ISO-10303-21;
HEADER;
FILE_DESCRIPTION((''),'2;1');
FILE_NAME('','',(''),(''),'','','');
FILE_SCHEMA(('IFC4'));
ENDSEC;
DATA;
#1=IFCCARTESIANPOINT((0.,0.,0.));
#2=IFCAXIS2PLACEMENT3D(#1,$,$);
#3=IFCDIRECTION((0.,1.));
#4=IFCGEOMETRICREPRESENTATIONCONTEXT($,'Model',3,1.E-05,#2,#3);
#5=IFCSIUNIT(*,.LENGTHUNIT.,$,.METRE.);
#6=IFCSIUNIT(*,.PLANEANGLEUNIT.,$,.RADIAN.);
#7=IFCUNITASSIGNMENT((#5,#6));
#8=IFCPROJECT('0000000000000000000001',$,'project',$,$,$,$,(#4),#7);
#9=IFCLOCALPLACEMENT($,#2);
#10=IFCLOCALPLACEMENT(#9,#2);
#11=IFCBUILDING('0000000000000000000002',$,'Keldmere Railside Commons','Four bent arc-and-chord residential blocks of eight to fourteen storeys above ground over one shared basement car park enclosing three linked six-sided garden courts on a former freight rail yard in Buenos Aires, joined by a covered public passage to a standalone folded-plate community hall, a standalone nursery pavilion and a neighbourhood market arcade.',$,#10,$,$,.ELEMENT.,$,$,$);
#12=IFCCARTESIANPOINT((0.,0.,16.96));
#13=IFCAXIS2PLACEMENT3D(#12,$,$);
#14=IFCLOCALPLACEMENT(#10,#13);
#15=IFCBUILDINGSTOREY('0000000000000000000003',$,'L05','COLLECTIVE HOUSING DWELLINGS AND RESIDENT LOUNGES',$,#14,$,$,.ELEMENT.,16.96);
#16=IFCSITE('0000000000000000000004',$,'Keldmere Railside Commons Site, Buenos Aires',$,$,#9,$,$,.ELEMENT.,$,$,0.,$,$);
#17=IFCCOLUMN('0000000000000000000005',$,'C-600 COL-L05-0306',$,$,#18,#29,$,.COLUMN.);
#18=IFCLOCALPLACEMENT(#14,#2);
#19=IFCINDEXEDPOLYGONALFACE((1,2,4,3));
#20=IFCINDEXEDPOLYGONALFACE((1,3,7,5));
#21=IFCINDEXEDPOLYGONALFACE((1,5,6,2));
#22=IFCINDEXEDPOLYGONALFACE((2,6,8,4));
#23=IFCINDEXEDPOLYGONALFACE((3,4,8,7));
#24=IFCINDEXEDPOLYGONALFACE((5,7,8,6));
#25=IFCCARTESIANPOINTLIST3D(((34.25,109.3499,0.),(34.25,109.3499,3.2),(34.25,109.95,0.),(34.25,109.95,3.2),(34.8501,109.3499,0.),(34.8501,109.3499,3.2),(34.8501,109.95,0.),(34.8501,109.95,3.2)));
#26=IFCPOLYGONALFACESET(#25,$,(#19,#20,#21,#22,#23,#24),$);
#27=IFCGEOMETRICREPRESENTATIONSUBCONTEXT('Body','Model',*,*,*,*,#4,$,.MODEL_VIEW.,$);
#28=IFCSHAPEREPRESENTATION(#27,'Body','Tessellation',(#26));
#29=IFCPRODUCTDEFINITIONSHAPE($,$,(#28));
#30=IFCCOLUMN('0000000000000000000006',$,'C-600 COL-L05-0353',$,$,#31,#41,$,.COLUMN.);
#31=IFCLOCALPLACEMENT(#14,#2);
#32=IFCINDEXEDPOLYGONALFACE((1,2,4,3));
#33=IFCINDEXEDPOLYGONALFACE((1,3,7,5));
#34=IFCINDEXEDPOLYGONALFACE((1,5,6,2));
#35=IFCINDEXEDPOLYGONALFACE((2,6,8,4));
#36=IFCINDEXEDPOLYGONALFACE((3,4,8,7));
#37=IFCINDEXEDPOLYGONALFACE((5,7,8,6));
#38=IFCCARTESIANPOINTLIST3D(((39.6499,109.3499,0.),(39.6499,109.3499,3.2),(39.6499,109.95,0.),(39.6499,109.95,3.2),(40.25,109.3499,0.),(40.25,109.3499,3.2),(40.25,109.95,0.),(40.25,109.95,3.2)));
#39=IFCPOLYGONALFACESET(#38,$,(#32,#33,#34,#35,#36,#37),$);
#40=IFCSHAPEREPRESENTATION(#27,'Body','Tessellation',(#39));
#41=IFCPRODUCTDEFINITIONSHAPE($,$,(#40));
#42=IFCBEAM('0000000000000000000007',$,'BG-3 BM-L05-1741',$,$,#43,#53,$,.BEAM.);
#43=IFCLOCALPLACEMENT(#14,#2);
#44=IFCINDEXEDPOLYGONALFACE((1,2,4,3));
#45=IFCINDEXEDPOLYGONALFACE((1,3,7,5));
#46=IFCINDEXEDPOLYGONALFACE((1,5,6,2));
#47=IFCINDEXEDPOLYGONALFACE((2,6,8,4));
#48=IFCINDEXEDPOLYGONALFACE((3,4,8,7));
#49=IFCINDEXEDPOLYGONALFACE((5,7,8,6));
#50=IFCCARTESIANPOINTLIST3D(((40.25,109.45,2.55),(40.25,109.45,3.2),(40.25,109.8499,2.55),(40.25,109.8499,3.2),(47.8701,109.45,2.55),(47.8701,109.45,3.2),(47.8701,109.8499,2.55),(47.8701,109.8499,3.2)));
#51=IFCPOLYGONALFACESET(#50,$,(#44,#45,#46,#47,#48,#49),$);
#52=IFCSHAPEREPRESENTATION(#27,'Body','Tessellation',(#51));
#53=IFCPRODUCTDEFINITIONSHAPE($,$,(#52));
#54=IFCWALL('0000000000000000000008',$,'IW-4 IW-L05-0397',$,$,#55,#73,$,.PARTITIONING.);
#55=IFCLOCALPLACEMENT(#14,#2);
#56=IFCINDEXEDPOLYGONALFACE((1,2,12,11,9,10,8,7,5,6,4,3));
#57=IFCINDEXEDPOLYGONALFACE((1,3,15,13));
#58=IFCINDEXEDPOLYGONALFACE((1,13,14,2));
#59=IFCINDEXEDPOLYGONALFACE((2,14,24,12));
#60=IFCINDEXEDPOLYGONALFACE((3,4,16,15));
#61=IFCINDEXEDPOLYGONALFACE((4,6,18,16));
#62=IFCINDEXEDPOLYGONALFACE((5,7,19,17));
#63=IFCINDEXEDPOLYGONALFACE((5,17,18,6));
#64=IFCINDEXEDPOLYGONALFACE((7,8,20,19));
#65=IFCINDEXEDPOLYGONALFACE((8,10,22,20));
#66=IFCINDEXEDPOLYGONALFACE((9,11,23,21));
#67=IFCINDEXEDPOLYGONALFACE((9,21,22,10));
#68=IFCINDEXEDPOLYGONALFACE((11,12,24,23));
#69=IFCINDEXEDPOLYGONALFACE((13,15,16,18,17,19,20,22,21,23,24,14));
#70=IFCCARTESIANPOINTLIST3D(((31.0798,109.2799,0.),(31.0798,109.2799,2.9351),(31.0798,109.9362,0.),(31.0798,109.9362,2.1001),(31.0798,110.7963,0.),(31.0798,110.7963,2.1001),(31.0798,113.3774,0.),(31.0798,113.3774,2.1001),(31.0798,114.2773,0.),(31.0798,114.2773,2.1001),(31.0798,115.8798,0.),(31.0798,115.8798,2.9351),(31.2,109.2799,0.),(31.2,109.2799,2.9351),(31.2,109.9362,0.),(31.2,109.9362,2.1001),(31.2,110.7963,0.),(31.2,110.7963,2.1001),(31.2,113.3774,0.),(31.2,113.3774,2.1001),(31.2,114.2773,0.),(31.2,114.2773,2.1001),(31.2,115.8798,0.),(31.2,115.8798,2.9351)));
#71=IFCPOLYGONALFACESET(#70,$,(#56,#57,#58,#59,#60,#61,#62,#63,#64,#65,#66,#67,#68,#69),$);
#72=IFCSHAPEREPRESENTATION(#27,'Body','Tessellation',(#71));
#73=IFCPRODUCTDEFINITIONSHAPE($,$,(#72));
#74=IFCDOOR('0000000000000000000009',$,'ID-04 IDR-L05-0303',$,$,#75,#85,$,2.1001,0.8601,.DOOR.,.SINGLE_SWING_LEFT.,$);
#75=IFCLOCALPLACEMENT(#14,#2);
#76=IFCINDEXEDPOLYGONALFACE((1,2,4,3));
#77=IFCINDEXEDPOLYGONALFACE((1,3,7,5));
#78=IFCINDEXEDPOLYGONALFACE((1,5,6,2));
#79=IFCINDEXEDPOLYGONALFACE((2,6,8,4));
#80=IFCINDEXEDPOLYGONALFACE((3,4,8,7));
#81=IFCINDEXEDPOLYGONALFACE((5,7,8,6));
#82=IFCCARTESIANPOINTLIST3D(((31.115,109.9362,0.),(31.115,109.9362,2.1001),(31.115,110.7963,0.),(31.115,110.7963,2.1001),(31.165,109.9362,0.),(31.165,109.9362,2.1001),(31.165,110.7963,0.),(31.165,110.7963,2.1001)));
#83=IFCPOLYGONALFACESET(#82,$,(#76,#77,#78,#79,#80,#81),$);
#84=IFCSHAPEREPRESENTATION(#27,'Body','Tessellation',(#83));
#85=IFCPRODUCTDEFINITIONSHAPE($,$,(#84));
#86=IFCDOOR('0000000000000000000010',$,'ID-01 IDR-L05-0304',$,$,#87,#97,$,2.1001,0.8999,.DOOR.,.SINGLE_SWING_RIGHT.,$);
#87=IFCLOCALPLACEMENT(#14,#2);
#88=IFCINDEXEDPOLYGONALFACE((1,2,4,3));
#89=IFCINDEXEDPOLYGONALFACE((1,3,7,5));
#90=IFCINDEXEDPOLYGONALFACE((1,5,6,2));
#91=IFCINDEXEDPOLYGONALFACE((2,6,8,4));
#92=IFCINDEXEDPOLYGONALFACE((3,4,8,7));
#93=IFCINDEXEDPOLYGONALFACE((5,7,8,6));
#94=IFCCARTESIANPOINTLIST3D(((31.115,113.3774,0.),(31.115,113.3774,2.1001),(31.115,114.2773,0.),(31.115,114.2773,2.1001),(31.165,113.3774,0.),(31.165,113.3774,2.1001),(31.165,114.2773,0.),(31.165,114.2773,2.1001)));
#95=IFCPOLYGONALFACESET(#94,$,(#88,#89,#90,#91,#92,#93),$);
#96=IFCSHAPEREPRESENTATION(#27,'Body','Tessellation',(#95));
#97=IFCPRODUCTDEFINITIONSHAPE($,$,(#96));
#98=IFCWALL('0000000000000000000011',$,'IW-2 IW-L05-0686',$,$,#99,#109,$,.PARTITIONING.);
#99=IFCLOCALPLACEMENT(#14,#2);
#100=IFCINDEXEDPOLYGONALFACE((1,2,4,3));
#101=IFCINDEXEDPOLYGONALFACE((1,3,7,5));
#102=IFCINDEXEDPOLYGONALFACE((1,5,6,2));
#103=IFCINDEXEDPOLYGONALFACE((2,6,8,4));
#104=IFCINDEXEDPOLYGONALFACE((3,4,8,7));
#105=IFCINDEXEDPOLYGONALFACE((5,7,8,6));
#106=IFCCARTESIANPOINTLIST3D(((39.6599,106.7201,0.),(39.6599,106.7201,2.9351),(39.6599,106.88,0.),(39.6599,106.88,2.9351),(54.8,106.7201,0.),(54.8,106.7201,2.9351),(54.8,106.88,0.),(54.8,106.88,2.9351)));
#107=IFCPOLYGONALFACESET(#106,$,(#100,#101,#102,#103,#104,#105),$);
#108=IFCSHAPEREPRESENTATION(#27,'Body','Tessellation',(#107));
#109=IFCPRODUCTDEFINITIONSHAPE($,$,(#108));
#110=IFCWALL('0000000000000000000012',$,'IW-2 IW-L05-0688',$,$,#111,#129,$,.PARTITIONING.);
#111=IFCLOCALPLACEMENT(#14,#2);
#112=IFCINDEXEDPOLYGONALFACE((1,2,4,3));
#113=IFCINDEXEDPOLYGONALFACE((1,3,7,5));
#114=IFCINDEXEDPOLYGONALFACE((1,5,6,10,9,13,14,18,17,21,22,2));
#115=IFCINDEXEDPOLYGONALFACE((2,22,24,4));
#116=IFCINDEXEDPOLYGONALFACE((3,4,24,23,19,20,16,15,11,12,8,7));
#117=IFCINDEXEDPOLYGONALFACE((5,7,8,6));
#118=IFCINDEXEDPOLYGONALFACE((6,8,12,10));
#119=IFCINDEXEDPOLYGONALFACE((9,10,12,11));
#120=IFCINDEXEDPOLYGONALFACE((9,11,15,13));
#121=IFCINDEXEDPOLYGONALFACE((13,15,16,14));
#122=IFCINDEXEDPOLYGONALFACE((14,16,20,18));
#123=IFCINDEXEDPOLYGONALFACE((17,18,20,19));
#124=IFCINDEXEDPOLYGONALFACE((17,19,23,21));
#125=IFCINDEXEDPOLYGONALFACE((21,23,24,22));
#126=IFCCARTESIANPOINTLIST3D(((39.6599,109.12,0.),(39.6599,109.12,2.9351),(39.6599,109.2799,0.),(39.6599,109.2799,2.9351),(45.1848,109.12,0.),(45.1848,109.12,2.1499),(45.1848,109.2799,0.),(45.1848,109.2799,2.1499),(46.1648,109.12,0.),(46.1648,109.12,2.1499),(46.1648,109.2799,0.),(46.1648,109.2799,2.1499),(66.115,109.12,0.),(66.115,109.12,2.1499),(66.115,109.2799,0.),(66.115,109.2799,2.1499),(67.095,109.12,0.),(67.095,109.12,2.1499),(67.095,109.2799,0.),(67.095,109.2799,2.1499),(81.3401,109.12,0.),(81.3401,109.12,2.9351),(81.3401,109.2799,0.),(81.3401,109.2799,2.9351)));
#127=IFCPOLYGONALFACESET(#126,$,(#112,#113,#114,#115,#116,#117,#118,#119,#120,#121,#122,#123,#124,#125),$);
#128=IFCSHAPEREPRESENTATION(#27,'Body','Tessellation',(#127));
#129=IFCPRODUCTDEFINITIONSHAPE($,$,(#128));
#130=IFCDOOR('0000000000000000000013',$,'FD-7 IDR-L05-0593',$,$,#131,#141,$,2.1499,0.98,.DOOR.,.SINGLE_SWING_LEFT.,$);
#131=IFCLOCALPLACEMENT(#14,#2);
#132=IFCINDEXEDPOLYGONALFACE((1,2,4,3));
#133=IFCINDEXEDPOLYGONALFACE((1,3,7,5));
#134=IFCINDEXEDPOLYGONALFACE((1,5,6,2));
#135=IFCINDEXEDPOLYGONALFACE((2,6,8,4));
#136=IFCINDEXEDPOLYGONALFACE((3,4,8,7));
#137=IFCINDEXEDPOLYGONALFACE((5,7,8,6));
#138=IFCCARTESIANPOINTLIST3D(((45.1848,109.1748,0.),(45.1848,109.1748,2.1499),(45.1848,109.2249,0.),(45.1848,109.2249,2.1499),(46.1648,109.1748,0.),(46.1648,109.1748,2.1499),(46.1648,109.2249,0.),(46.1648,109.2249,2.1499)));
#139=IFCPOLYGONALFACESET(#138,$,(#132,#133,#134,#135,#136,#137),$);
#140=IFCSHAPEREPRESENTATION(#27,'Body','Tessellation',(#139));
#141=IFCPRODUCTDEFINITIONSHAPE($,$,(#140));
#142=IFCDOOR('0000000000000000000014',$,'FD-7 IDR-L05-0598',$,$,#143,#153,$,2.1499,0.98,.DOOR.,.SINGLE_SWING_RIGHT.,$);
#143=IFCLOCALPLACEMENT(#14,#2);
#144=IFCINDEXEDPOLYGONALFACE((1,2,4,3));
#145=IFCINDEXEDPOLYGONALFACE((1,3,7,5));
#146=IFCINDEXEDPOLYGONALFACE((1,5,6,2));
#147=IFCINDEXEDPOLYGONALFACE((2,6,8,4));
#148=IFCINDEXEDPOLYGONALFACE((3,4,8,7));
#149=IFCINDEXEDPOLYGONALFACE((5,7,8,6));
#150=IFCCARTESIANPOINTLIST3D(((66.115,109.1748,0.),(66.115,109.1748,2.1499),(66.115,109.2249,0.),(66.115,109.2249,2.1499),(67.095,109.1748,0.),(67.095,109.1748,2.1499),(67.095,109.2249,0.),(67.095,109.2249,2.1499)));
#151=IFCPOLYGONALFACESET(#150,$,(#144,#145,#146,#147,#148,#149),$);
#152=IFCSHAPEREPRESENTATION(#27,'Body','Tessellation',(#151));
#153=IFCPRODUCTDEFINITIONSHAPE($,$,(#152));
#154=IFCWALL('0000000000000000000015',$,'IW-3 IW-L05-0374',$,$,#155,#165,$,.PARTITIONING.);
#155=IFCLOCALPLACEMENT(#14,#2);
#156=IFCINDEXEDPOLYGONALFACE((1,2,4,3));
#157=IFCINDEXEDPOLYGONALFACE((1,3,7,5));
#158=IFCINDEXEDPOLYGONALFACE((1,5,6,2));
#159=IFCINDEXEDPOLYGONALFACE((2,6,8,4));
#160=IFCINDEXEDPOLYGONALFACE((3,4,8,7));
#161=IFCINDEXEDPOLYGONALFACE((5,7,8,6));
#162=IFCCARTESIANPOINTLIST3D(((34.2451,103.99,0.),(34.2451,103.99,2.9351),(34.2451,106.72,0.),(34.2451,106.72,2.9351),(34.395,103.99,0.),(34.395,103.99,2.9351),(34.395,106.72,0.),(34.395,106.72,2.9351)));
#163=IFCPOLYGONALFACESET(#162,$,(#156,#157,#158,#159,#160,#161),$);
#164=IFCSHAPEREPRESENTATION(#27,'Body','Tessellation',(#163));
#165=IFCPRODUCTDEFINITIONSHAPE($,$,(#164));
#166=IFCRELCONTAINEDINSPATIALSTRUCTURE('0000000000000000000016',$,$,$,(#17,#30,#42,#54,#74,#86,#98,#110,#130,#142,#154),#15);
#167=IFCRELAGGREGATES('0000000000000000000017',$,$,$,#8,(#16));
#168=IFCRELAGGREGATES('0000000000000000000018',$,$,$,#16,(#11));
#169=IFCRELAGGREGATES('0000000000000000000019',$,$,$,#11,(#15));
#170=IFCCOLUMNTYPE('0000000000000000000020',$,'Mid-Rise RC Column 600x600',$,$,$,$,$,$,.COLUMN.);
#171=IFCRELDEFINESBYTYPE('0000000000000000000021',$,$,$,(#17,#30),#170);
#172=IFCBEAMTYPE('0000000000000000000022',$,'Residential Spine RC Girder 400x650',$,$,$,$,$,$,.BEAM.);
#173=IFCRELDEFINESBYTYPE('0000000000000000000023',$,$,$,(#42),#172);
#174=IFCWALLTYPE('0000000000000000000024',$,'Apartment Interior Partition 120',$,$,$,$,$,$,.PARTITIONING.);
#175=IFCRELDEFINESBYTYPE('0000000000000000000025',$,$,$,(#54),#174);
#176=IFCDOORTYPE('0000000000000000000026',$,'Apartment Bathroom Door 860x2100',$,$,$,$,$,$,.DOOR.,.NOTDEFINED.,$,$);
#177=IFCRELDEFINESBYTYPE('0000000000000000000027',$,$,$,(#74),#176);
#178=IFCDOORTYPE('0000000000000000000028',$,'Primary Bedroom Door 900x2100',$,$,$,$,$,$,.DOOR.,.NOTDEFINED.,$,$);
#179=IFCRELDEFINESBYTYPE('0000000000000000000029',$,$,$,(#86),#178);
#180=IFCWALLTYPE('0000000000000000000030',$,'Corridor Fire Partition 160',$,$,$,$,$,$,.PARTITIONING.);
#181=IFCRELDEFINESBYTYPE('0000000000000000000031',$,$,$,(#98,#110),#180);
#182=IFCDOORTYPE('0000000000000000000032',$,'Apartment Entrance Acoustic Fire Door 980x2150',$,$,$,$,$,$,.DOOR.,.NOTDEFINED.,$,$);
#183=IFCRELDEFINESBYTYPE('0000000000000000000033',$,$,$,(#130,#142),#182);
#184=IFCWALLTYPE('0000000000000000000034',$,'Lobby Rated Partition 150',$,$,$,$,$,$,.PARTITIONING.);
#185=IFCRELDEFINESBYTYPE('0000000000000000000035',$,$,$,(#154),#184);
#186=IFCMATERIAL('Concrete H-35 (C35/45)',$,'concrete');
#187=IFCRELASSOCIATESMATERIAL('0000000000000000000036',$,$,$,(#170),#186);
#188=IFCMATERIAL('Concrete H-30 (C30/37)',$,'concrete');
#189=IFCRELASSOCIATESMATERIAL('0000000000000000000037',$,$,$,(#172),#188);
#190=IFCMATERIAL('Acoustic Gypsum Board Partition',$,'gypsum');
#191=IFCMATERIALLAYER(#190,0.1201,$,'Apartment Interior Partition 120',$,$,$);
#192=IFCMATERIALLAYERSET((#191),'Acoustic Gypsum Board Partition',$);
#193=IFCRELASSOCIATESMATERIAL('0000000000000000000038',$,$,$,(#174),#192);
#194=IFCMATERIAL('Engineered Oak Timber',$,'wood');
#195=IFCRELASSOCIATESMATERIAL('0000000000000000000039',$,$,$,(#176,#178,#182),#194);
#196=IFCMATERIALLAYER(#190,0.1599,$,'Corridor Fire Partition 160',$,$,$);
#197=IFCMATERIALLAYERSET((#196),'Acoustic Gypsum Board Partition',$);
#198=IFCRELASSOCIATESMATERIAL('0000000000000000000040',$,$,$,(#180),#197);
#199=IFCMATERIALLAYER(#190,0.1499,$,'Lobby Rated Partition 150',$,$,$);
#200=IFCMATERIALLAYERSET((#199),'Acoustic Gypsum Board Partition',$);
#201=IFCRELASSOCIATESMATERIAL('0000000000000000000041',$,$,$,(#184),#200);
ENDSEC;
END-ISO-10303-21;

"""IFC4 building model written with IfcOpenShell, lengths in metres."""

from ifc_helpers import new_model, si_unit, direction, frame, frame_2d, origin, origin_2d, place, context, subcontext, project, spatial, rectangle, extrude, material, layer, layer_set, material_profile, profile_set, type_object, element, fill, save


model = new_model("IFC4")

# Units and contexts
model_context = context("Model", 3, precision=1e-05, world=origin(), true_north=direction((0.0, 1.0)))
body_context = subcontext(model_context, "Body", "Model", "MODEL_VIEW")
ifc_project = project(units=[si_unit("LENGTHUNIT", "METRE"), si_unit("PLANEANGLEUNIT", "RADIAN")], contexts=[model_context])

# Site, building, storey
site_placement = place(None, origin())
site = spatial("IfcSite", under=ifc_project, at=site_placement, Name="Keldmere Railside Commons Site, Buenos Aires", CompositionType="ELEMENT", RefElevation=0.0)
building_placement = place(site_placement, origin())
building = spatial("IfcBuilding", under=site, at=building_placement, Name="Keldmere Railside Commons", Description="Four bent arc-and-chord residential blocks of eight to fourteen storeys above ground over one shared basement car park enclosing three linked six-sided garden courts on a former freight rail yard in Buenos Aires, joined by a covered public passage to a standalone folded-plate community hall, a standalone nursery pavilion and a neighbourhood market arcade.", CompositionType="ELEMENT")
storey_placement = place(building_placement, frame((0.0, 0.0, 16.96)))
storey = spatial("IfcBuildingStorey", under=building, at=storey_placement, Name="L05", Description="COLLECTIVE HOUSING DWELLINGS AND RESIDENT LOUNGES", CompositionType="ELEMENT", Elevation=16.96)

# Columns
ifc_material_1 = material(Name="Concrete H-35 (C35/45)", Category="concrete")
ifc_material_profile_1 = material_profile(ifc_material_1, rectangle(XDim=0.6001, YDim=0.6001, at=origin_2d()), Name="RC-600x600")
ifc_profile_set_1 = profile_set([ifc_material_profile_1], Name="Concrete H-35 (C35/45)")
column_type = type_object("IfcColumnType", Name="Mid-Rise RC Column 600x600", PredefinedType="COLUMN", material=ifc_profile_set_1)
for number, where, z_axis, x_axis, name in (
    (1, (34.55, 109.6499, 0.0), (0.0, 0.0, 1.0), (1.0, 0.0, 0.0), "C-600 COL-L05-0306"),
    (2, (39.95, 109.6499, 0.0), (0.0, 0.0, 1.0), (1.0, 0.0, 0.0), "C-600 COL-L05-0353"),
):
    element("IfcColumn", number, at=place(storey_placement, frame(where, z_axis=z_axis, x_axis=x_axis)), inside=storey, type_object=column_type, Name=name, PredefinedType="COLUMN", context=body_context, shape_type="SweptSolid", body=[
        extrude(rectangle(XDim=0.6001, YDim=0.6001, at=origin_2d()), origin(), (0.0, 0.0, 1.0), 3.2),
    ])

# Beam
ifc_material_2 = material(Name="Concrete H-30 (C30/37)", Category="concrete")
ifc_material_profile_2 = material_profile(ifc_material_2, rectangle(XDim=0.3999, YDim=0.6499, at=origin_2d()), Name="RC-400x650")
ifc_profile_set_2 = profile_set([ifc_material_profile_2], Name="Concrete H-30 (C30/37)")
beam_type = type_object("IfcBeamType", Name="Residential Spine RC Girder 400x650", PredefinedType="BEAM", material=ifc_profile_set_2)
beam_placement = place(storey_placement, frame((40.25, 109.6499, 2.875), z_axis=(1.0, 0.0, 0.0), x_axis=(0.0, 1.0, 0.0)))
element("IfcBeam", 3, at=beam_placement, inside=storey, type_object=beam_type, Name="BG-3 BM-L05-1741", PredefinedType="BEAM", context=body_context, shape_type="SweptSolid", body=[
    extrude(rectangle(XDim=0.3999, YDim=0.6499, at=origin_2d()), origin(), (0.0, 0.0, 1.0), 7.6201),
])

# Wall, openings, doors
ifc_material_3 = material(Name="Acoustic Gypsum Board Partition", Category="gypsum")
ifc_layer_1 = layer(ifc_material_3, 0.1201, Name="Apartment Interior Partition 120")
ifc_layer_set_1 = layer_set([ifc_layer_1], Name="Acoustic Gypsum Board Partition")
wall_type_1 = type_object("IfcWallType", Name="Apartment Interior Partition 120", PredefinedType="PARTITIONING", material=ifc_layer_set_1)
wall_1_placement = place(storey_placement, frame((31.1399, 109.28, 0.0), z_axis=(0.0, 0.0, 1.0), x_axis=(0.0, 1.0, 0.0)))
wall_1 = element("IfcWall", 4, at=wall_1_placement, inside=storey, type_object=wall_type_1, Name="IW-4 IW-L05-0397", PredefinedType="PARTITIONING", context=body_context, shape_type="SweptSolid", body=[
    extrude(rectangle(XDim=6.5999, YDim=0.1201, at=frame_2d((3.2998, 0.0))), origin(), (0.0, 0.0, 1.0), 2.9351),
])
opening_1_placement = place(wall_1_placement, frame((0.656, 0.0, 0.0)))
opening_1 = element("IfcOpeningElement", 5, at=opening_1_placement, cuts=wall_1, PredefinedType="OPENING", context=body_context, shape_type="SweptSolid", body=[
    extrude(rectangle(XDim=0.8601, YDim=2.1001, at=frame_2d((0.4302, 1.05))), frame((0.0, 0.0701, 0.0), z_axis=(0.0, -1.0, 0.0), x_axis=(1.0, 0.0, 0.0)), (0.0, 0.0, 1.0), 0.1401),
])
opening_2_placement = place(wall_1_placement, frame((4.0974, 0.0, 0.0)))
opening_2 = element("IfcOpeningElement", 6, at=opening_2_placement, cuts=wall_1, PredefinedType="OPENING", context=body_context, shape_type="SweptSolid", body=[
    extrude(rectangle(XDim=0.8999, YDim=2.1001, at=frame_2d((0.45, 1.05))), frame((0.0, 0.0701, 0.0), z_axis=(0.0, -1.0, 0.0), x_axis=(1.0, 0.0, 0.0)), (0.0, 0.0, 1.0), 0.1401),
])
ifc_material_4 = material(Name="Engineered Oak Timber", Category="wood")
door_type_1 = type_object("IfcDoorType", Name="Apartment Bathroom Door 860x2100", OperationType="NOTDEFINED", PredefinedType="DOOR", material=ifc_material_4)
door_1_placement = place(opening_1_placement, origin())
door_1 = element("IfcDoor", 7, at=door_1_placement, inside=storey, type_object=door_type_1, Name="ID-04 IDR-L05-0303", OperationType="SINGLE_SWING_LEFT", OverallHeight=2.1001, OverallWidth=0.8601, PredefinedType="DOOR", context=body_context, shape_type="SweptSolid", body=[
    extrude(rectangle(XDim=0.8601, YDim=2.1001, at=frame_2d((0.4302, 1.05))), frame((0.0, 0.0249, 0.0), z_axis=(0.0, -1.0, 0.0), x_axis=(1.0, 0.0, 0.0)), (0.0, 0.0, 1.0), 0.05),
])
fill(opening_1, door_1)
door_type_2 = type_object("IfcDoorType", Name="Primary Bedroom Door 900x2100", OperationType="NOTDEFINED", PredefinedType="DOOR", material=ifc_material_4)
door_2_placement = place(opening_2_placement, origin())
door_2 = element("IfcDoor", 8, at=door_2_placement, inside=storey, type_object=door_type_2, Name="ID-01 IDR-L05-0304", OperationType="SINGLE_SWING_RIGHT", OverallHeight=2.1001, OverallWidth=0.8999, PredefinedType="DOOR", context=body_context, shape_type="SweptSolid", body=[
    extrude(rectangle(XDim=0.8999, YDim=2.1001, at=frame_2d((0.45, 1.05))), frame((0.0, 0.0249, 0.0), z_axis=(0.0, -1.0, 0.0), x_axis=(1.0, 0.0, 0.0)), (0.0, 0.0, 1.0), 0.05),
])
fill(opening_2, door_2)

# Wall
ifc_layer_2 = layer(ifc_material_3, 0.1599, Name="Corridor Fire Partition 160")
ifc_layer_set_2 = layer_set([ifc_layer_2], Name="Acoustic Gypsum Board Partition")
wall_type_2 = type_object("IfcWallType", Name="Corridor Fire Partition 160", PredefinedType="PARTITIONING", material=ifc_layer_set_2)
wall_2_placement = place(storey_placement, frame((39.6599, 106.8, 0.0), z_axis=(0.0, 0.0, 1.0), x_axis=(1.0, 0.0, 0.0)))
element("IfcWall", 9, at=wall_2_placement, inside=storey, type_object=wall_type_2, Name="IW-2 IW-L05-0686", PredefinedType="PARTITIONING", context=body_context, shape_type="SweptSolid", body=[
    extrude(rectangle(XDim=15.1401, YDim=0.1599, at=frame_2d((7.5701, 0.0))), origin(), (0.0, 0.0, 1.0), 2.9351),
])

# Wall, openings, doors
wall_3_placement = place(storey_placement, frame((39.6599, 109.2, 0.0), z_axis=(0.0, 0.0, 1.0), x_axis=(1.0, 0.0, 0.0)))
wall_3 = element("IfcWall", 10, at=wall_3_placement, inside=storey, type_object=wall_type_2, Name="IW-2 IW-L05-0688", PredefinedType="PARTITIONING", context=body_context, shape_type="SweptSolid", body=[
    extrude(rectangle(XDim=41.6802, YDim=0.1599, at=frame_2d((20.8401, 0.0))), origin(), (0.0, 0.0, 1.0), 2.9351),
])
opening_3_placement = place(wall_3_placement, frame((5.5249, 0.0, 0.0)))
opening_3 = element("IfcOpeningElement", 11, at=opening_3_placement, cuts=wall_3, PredefinedType="OPENING", context=body_context, shape_type="SweptSolid", body=[
    extrude(rectangle(XDim=0.98, YDim=2.1499, at=frame_2d((0.49, 1.075))), frame((0.0, 0.0898, 0.0), z_axis=(0.0, -1.0, 0.0), x_axis=(1.0, 0.0, 0.0)), (0.0, 0.0, 1.0), 0.1799),
])
opening_4_placement = place(wall_3_placement, frame((26.4551, 0.0, 0.0)))
opening_4 = element("IfcOpeningElement", 12, at=opening_4_placement, cuts=wall_3, PredefinedType="OPENING", context=body_context, shape_type="SweptSolid", body=[
    extrude(rectangle(XDim=0.98, YDim=2.1499, at=frame_2d((0.49, 1.075))), frame((0.0, 0.0898, 0.0), z_axis=(0.0, -1.0, 0.0), x_axis=(1.0, 0.0, 0.0)), (0.0, 0.0, 1.0), 0.1799),
])
door_type_3 = type_object("IfcDoorType", Name="Apartment Entrance Acoustic Fire Door 980x2150", OperationType="NOTDEFINED", PredefinedType="DOOR", material=ifc_material_4)
door_3_placement = place(opening_3_placement, origin())
door_3 = element("IfcDoor", 13, at=door_3_placement, inside=storey, type_object=door_type_3, Name="FD-7 IDR-L05-0593", OperationType="SINGLE_SWING_LEFT", OverallHeight=2.1499, OverallWidth=0.98, PredefinedType="DOOR", context=body_context, shape_type="SweptSolid", body=[
    extrude(rectangle(XDim=0.98, YDim=2.1499, at=frame_2d((0.49, 1.075))), frame((0.0, 0.0249, 0.0), z_axis=(0.0, -1.0, 0.0), x_axis=(1.0, 0.0, 0.0)), (0.0, 0.0, 1.0), 0.05),
])
fill(opening_3, door_3)
door_4_placement = place(opening_4_placement, origin())
door_4 = element("IfcDoor", 14, at=door_4_placement, inside=storey, type_object=door_type_3, Name="FD-7 IDR-L05-0598", OperationType="SINGLE_SWING_RIGHT", OverallHeight=2.1499, OverallWidth=0.98, PredefinedType="DOOR", context=body_context, shape_type="SweptSolid", body=[
    extrude(rectangle(XDim=0.98, YDim=2.1499, at=frame_2d((0.49, 1.075))), frame((0.0, 0.0249, 0.0), z_axis=(0.0, -1.0, 0.0), x_axis=(1.0, 0.0, 0.0)), (0.0, 0.0, 1.0), 0.05),
])
fill(opening_4, door_4)

# Wall
ifc_layer_3 = layer(ifc_material_3, 0.1499, Name="Lobby Rated Partition 150")
ifc_layer_set_3 = layer_set([ifc_layer_3], Name="Acoustic Gypsum Board Partition")
wall_type_3 = type_object("IfcWallType", Name="Lobby Rated Partition 150", PredefinedType="PARTITIONING", material=ifc_layer_set_3)
wall_4_placement = place(storey_placement, frame((34.3201, 103.99, 0.0), z_axis=(0.0, 0.0, 1.0), x_axis=(0.0, 1.0, 0.0)))
element("IfcWall", 15, at=wall_4_placement, inside=storey, type_object=wall_type_3, Name="IW-3 IW-L05-0374", PredefinedType="PARTITIONING", context=body_context, shape_type="SweptSolid", body=[
    extrude(rectangle(XDim=2.73, YDim=0.1499, at=frame_2d((1.365, 0.0))), origin(), (0.0, 0.0, 1.0), 2.9351),
])

save(model, "model.ifc")
